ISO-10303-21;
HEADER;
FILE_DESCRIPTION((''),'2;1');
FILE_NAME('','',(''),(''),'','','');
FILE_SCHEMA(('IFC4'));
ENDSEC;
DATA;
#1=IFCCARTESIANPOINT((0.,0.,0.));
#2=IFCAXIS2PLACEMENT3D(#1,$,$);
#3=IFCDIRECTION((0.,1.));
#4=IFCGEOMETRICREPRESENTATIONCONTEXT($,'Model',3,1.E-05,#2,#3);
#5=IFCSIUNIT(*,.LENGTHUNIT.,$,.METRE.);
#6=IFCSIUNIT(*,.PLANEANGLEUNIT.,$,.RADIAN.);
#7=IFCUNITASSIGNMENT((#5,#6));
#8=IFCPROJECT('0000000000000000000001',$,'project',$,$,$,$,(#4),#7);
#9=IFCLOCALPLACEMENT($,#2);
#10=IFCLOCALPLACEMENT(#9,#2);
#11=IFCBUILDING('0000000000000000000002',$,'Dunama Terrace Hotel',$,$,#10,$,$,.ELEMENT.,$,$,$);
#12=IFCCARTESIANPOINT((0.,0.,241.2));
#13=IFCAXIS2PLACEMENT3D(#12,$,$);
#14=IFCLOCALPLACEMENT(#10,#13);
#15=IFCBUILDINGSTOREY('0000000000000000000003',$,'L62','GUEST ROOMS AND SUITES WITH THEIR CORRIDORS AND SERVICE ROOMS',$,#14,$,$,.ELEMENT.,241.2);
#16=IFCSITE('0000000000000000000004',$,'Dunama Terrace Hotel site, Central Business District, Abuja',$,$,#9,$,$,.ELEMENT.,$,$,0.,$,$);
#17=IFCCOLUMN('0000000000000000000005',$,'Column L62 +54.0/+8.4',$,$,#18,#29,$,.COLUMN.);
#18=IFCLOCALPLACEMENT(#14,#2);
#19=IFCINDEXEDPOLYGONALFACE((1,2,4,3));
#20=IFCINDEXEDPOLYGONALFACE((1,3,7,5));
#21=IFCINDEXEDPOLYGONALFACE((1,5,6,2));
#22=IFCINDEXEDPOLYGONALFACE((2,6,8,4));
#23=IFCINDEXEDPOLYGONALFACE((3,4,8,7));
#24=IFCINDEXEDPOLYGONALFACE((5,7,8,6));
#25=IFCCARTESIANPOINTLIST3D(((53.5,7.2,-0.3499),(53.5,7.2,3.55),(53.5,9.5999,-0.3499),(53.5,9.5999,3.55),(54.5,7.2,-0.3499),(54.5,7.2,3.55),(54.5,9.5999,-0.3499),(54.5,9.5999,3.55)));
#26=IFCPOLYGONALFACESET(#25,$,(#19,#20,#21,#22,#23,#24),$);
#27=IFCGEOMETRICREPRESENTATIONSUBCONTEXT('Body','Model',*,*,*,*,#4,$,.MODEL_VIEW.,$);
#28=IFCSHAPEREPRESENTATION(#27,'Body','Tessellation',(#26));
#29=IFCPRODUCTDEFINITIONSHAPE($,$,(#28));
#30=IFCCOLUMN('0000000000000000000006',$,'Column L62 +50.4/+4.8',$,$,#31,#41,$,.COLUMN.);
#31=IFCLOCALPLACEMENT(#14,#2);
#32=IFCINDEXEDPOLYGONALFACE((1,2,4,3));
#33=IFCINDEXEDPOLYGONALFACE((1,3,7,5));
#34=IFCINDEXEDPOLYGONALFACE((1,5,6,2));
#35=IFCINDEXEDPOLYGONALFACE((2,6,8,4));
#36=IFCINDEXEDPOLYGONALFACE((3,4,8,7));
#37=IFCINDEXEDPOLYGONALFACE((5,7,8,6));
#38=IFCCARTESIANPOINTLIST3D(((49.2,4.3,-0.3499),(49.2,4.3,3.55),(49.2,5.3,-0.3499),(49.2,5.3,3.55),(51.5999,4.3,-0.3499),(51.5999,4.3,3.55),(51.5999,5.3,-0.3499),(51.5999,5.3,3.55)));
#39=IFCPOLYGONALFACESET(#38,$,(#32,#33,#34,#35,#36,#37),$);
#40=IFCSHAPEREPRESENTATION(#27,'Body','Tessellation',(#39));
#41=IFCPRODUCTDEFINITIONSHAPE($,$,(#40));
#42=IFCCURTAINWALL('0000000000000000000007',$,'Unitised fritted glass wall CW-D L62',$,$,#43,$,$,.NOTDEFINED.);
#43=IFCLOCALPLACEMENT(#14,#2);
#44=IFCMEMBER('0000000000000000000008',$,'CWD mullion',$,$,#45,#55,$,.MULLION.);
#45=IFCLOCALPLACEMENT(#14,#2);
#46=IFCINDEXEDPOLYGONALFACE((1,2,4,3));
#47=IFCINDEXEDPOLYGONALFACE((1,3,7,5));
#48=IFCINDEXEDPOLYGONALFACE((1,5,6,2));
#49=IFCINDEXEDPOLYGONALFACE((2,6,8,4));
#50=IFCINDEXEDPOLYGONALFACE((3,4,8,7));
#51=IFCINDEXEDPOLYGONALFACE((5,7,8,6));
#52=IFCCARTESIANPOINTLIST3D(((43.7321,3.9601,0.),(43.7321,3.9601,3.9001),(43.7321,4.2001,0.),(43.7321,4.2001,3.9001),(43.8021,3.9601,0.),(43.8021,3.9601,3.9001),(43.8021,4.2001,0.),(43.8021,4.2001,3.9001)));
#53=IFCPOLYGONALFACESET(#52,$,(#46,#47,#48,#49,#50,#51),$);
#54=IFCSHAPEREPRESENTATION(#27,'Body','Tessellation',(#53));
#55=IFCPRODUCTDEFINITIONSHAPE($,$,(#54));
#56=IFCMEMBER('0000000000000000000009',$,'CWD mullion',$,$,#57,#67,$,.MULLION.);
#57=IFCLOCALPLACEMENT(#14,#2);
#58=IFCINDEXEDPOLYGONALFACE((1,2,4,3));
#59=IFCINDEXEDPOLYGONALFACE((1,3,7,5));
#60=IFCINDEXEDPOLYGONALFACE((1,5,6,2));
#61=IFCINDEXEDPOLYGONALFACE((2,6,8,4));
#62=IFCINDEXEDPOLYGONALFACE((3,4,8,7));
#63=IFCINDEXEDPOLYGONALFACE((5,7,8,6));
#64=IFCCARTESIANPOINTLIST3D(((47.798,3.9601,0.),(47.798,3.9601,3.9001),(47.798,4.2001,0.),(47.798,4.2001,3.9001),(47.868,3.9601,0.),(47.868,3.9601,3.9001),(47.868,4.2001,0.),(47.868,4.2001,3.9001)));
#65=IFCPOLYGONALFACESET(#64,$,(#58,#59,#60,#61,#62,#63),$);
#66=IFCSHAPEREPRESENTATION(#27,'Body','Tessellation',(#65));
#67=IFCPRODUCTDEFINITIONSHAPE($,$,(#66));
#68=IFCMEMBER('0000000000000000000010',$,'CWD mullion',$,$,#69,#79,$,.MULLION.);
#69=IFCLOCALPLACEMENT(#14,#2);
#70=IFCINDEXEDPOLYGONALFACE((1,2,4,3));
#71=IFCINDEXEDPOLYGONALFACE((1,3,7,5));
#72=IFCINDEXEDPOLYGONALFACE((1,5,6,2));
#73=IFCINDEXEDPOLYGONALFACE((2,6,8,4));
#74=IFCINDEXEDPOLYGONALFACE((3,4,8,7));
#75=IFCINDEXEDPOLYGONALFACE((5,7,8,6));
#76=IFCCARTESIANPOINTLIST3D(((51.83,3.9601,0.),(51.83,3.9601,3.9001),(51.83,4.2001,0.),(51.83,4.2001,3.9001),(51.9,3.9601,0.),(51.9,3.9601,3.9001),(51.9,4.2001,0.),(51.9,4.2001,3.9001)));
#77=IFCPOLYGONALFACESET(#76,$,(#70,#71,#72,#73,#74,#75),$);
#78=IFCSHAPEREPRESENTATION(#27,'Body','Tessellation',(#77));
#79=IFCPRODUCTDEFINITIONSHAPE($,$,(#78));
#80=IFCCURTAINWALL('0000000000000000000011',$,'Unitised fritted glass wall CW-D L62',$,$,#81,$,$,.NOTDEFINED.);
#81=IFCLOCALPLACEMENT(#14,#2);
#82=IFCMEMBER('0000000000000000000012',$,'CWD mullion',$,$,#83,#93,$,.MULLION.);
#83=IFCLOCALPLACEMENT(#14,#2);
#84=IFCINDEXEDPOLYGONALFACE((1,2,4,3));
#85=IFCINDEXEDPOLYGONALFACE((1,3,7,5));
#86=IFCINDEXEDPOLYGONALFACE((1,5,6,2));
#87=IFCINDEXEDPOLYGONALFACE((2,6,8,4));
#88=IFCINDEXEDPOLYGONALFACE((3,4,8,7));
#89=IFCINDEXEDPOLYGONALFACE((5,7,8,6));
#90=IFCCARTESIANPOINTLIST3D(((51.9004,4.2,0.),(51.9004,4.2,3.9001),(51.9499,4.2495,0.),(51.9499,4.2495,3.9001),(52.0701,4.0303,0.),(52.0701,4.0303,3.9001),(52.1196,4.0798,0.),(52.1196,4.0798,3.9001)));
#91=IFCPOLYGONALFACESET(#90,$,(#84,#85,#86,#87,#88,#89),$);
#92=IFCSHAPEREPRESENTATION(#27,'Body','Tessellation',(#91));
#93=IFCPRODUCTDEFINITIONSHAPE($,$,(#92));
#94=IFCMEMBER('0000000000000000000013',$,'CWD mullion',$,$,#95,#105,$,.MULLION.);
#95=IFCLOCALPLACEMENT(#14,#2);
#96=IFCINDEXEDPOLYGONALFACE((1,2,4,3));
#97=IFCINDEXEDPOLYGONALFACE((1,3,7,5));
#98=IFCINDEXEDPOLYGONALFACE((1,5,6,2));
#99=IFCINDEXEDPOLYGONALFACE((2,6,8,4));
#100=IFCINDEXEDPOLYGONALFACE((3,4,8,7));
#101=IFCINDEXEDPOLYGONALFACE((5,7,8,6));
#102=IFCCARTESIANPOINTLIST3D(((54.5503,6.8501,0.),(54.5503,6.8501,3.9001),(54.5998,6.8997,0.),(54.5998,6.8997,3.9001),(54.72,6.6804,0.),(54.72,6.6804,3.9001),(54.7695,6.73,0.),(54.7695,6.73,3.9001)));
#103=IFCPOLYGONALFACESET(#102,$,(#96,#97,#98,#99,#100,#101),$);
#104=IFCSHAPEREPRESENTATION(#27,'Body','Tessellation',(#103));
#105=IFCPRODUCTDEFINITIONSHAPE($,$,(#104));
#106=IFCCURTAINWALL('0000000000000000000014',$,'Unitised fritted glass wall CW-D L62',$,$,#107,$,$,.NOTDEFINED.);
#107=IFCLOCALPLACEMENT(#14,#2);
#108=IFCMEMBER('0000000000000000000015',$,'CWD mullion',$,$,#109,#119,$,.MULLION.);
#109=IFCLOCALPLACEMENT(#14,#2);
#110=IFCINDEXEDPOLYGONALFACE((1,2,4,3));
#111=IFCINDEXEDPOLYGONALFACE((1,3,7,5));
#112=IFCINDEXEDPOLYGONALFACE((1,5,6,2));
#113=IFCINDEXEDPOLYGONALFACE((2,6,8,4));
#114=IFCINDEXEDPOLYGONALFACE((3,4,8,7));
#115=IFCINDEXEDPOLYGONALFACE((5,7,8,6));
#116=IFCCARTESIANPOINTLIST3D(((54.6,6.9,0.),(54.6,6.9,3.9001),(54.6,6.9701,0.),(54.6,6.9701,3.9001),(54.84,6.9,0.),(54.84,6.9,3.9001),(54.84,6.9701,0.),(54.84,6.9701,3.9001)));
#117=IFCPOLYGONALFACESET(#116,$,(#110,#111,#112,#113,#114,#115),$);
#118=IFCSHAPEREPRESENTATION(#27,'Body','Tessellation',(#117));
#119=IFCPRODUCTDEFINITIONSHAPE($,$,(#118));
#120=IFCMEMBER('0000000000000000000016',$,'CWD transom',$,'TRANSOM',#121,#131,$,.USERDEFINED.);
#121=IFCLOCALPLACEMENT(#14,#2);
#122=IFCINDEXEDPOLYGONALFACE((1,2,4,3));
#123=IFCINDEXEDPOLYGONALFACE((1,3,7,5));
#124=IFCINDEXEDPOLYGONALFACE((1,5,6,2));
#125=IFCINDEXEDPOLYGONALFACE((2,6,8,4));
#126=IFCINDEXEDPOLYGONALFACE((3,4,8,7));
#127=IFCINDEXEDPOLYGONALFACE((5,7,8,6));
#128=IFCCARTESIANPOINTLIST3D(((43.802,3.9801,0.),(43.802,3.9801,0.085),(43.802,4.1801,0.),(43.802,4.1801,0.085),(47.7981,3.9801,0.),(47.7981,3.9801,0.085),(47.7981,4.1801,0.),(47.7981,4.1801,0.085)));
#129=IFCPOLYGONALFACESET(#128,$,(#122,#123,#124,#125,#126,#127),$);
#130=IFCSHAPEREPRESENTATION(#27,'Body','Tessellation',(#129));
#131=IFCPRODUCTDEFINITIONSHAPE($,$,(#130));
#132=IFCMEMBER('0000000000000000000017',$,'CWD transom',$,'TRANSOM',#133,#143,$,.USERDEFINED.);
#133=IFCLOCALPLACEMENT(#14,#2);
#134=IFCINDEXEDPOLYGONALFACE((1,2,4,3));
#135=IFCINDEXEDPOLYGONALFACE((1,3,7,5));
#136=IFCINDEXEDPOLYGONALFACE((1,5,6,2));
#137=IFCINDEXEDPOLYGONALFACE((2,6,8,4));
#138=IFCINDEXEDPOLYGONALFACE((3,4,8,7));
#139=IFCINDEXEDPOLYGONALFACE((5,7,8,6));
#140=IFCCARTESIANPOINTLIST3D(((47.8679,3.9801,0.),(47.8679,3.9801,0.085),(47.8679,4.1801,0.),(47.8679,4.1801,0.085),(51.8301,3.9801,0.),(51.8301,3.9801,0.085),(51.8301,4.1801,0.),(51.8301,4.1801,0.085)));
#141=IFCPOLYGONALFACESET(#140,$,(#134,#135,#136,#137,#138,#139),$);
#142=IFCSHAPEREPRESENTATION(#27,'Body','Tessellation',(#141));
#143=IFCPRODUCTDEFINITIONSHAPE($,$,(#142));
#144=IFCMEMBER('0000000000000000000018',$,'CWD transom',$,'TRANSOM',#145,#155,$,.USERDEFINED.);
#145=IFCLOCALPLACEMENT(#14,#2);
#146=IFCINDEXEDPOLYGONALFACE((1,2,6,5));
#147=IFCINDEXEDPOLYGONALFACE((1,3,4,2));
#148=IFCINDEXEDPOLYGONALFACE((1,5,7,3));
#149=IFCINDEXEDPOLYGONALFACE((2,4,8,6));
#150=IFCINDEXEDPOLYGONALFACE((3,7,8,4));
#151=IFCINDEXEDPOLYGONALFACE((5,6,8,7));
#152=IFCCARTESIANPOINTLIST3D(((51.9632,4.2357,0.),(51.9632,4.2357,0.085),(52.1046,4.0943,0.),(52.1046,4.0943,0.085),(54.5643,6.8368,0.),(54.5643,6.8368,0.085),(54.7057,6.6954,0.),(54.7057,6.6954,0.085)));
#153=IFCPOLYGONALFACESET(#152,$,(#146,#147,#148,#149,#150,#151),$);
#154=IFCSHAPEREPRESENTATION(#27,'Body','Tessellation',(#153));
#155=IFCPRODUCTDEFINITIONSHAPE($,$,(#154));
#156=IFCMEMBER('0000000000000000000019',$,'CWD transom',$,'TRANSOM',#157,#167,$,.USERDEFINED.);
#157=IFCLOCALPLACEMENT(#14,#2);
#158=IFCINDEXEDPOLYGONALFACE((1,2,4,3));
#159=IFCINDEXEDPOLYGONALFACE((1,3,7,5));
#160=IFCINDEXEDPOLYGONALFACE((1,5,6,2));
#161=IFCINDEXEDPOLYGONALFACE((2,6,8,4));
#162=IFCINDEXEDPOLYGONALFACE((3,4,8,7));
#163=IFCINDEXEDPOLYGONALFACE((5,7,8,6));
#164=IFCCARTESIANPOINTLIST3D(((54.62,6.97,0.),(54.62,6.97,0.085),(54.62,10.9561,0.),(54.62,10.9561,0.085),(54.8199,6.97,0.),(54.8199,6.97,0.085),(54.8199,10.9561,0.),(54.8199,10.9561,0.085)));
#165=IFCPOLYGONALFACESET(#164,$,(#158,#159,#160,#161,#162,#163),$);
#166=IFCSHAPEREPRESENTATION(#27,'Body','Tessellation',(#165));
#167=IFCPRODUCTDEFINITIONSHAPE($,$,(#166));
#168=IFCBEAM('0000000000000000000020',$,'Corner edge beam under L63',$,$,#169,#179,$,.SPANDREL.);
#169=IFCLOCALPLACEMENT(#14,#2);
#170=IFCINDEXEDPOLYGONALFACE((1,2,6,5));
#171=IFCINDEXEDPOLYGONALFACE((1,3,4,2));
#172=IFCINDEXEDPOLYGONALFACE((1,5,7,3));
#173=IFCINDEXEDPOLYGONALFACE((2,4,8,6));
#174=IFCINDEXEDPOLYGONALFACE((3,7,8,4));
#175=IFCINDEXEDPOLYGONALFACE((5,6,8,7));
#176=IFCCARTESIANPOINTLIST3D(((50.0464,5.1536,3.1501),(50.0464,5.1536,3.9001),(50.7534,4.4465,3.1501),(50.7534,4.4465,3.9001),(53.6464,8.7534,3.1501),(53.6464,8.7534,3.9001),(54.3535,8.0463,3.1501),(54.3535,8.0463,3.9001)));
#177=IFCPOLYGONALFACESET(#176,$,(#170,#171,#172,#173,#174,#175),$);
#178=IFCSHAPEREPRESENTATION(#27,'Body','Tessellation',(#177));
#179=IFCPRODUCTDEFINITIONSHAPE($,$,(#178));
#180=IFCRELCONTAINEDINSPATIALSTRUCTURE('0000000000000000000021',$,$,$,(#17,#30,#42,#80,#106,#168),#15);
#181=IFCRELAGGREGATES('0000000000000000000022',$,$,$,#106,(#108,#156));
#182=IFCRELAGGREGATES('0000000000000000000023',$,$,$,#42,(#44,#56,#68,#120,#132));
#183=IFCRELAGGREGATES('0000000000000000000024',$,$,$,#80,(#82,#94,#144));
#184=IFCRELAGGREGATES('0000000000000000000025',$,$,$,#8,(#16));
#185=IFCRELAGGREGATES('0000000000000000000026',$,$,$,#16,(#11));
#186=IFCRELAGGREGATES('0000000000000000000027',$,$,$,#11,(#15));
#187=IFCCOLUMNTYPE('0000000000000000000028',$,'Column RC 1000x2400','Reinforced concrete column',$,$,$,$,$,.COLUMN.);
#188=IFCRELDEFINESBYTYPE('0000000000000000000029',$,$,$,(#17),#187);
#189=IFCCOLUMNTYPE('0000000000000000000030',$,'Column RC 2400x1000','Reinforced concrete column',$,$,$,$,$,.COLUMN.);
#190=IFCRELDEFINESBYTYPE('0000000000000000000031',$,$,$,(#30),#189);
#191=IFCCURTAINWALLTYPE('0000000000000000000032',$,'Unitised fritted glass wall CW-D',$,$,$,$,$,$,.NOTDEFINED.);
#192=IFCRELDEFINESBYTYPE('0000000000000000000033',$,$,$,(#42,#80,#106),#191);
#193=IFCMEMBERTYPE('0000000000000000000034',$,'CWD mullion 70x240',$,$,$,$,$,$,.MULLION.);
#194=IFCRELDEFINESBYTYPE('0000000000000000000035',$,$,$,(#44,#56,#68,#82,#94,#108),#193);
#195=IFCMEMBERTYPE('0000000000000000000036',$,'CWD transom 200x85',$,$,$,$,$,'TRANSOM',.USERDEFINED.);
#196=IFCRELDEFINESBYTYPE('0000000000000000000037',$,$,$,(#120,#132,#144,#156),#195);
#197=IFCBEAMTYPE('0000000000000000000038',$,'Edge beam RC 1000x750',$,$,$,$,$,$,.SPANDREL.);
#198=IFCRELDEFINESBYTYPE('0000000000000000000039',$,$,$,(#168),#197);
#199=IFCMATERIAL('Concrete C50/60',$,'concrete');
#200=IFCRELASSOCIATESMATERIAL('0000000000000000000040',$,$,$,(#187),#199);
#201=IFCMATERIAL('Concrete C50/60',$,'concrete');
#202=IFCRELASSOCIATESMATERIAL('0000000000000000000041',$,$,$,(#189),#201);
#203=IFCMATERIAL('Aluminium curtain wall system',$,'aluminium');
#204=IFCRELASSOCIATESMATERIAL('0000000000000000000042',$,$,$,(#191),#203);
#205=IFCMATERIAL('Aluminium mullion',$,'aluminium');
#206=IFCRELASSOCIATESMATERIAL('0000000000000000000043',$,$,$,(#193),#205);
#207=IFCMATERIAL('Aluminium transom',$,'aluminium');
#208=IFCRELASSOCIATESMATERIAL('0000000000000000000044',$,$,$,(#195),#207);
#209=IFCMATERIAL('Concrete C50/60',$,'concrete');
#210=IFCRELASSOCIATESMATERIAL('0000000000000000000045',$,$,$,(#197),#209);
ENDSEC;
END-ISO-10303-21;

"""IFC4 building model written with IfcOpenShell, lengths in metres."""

from ifc_helpers import new_model, si_unit, direction, frame, origin, origin_2d, place, context, subcontext, project, spatial, rectangle, extrude, material, material_profile, profile_set, type_object, element, aggregate, save


model = new_model("IFC4")

# Units and contexts
model_context = context("Model", 3, precision=1e-05, world=origin(), true_north=direction((0.0, 1.0)))
body_context = subcontext(model_context, "Body", "Model", "MODEL_VIEW")
ifc_project = project(units=[si_unit("LENGTHUNIT", "METRE"), si_unit("PLANEANGLEUNIT", "RADIAN")], contexts=[model_context])

# Site, building, storey
site_placement = place(None, origin())
site = spatial("IfcSite", under=ifc_project, at=site_placement, Name="Dunama Terrace Hotel site, Central Business District, Abuja", CompositionType="ELEMENT", RefElevation=0.0)
building_placement = place(site_placement, origin())
building = spatial("IfcBuilding", under=site, at=building_placement, Name="Dunama Terrace Hotel", CompositionType="ELEMENT")
storey_placement = place(building_placement, frame((0.0, 0.0, 241.2)))
storey = spatial("IfcBuildingStorey", under=building, at=storey_placement, Name="L62", Description="GUEST ROOMS AND SUITES WITH THEIR CORRIDORS AND SERVICE ROOMS", CompositionType="ELEMENT", Elevation=241.2)

# Columns
ifc_material_1 = material(Name="Concrete C50/60", Category="concrete")
ifc_material_profile_1 = material_profile(ifc_material_1, rectangle(XDim=1.0, YDim=2.3999, at=origin_2d()), Name="RC 1000x2400")
ifc_profile_set_1 = profile_set([ifc_material_profile_1], Name="Concrete C50/60")
column_type_1 = type_object("IfcColumnType", Name="Column RC 1000x2400", Description="Reinforced concrete column", PredefinedType="COLUMN", material=ifc_profile_set_1)
column_1_placement = place(storey_placement, frame((54.0, 8.3999, -0.3499), z_axis=(0.0, 0.0, 1.0), x_axis=(1.0, 0.0, 0.0)))
element("IfcColumn", 1, at=column_1_placement, inside=storey, type_object=column_type_1, Name="Column L62 +54.0/+8.4", PredefinedType="COLUMN", context=body_context, shape_type="SweptSolid", body=[
    extrude(rectangle(XDim=1.0, YDim=2.3999, at=origin_2d()), origin(), (0.0, 0.0, 1.0), 3.8999),
])
ifc_material_2 = material(Name="Concrete C50/60", Category="concrete")
ifc_material_profile_2 = material_profile(ifc_material_2, rectangle(XDim=2.3999, YDim=1.0, at=origin_2d()), Name="RC 2400x1000")
ifc_profile_set_2 = profile_set([ifc_material_profile_2], Name="Concrete C50/60")
column_type_2 = type_object("IfcColumnType", Name="Column RC 2400x1000", Description="Reinforced concrete column", PredefinedType="COLUMN", material=ifc_profile_set_2)
column_2_placement = place(storey_placement, frame((50.3999, 4.8, -0.3499), z_axis=(0.0, 0.0, 1.0), x_axis=(1.0, 0.0, 0.0)))
element("IfcColumn", 2, at=column_2_placement, inside=storey, type_object=column_type_2, Name="Column L62 +50.4/+4.8", PredefinedType="COLUMN", context=body_context, shape_type="SweptSolid", body=[
    extrude(rectangle(XDim=2.3999, YDim=1.0, at=origin_2d()), origin(), (0.0, 0.0, 1.0), 3.8999),
])

# Curtain walls, members
ifc_material_3 = material(Name="Aluminium curtain wall system", Category="aluminium")
curtain_wall_type = type_object("IfcCurtainWallType", Name="Unitised fritted glass wall CW-D", PredefinedType="NOTDEFINED", material=ifc_material_3)
curtain_wall_1_placement = place(storey_placement, origin())
curtain_wall_1 = element("IfcCurtainWall", 3, at=curtain_wall_1_placement, inside=storey, type_object=curtain_wall_type, Name="Unitised fritted glass wall CW-D L62", PredefinedType="NOTDEFINED")
ifc_material_4 = material(Name="Aluminium mullion", Category="aluminium")
ifc_material_profile_3 = material_profile(ifc_material_4, rectangle(XDim=0.0701, YDim=0.24, at=origin_2d()), Name="CWD MULLION 70X240")
ifc_profile_set_3 = profile_set([ifc_material_profile_3], Name="Aluminium mullion")
member_type_1 = type_object("IfcMemberType", Name="CWD mullion 70x240", PredefinedType="MULLION", material=ifc_profile_set_3)
member_1_placement = place(storey_placement, frame((43.7671, 4.0801, 0.0), z_axis=(0.0, 0.0, 1.0), x_axis=(1.0, 0.0, 0.0)))
member_1 = element("IfcMember", 4, at=member_1_placement, type_object=member_type_1, Name="CWD mullion", PredefinedType="MULLION", context=body_context, shape_type="SweptSolid", body=[
    extrude(rectangle(XDim=0.0701, YDim=0.24, at=origin_2d()), origin(), (0.0, 0.0, 1.0), 3.9001),
])
member_2_placement = place(storey_placement, frame((47.833, 4.0801, 0.0), z_axis=(0.0, 0.0, 1.0), x_axis=(1.0, 0.0, 0.0)))
member_2 = element("IfcMember", 5, at=member_2_placement, type_object=member_type_1, Name="CWD mullion", PredefinedType="MULLION", context=body_context, shape_type="SweptSolid", body=[
    extrude(rectangle(XDim=0.0701, YDim=0.24, at=origin_2d()), origin(), (0.0, 0.0, 1.0), 3.9001),
])
member_3_placement = place(storey_placement, frame((51.865, 4.0801, 0.0), z_axis=(0.0, 0.0, 1.0), x_axis=(1.0, 0.0, 0.0)))
member_3 = element("IfcMember", 6, at=member_3_placement, type_object=member_type_1, Name="CWD mullion", PredefinedType="MULLION", context=body_context, shape_type="SweptSolid", body=[
    extrude(rectangle(XDim=0.0701, YDim=0.24, at=origin_2d()), origin(), (0.0, 0.0, 1.0), 3.9001),
])
curtain_wall_2_placement = place(storey_placement, origin())
curtain_wall_2 = element("IfcCurtainWall", 7, at=curtain_wall_2_placement, inside=storey, type_object=curtain_wall_type, Name="Unitised fritted glass wall CW-D L62", PredefinedType="NOTDEFINED")
member_4_placement = place(storey_placement, frame((52.01, 4.1399, 0.0), z_axis=(0.0, 0.0, 1.0), x_axis=(0.707107, 0.707107, 0.0)))
member_4 = element("IfcMember", 8, at=member_4_placement, type_object=member_type_1, Name="CWD mullion", PredefinedType="MULLION", context=body_context, shape_type="SweptSolid", body=[
    extrude(rectangle(XDim=0.0701, YDim=0.24, at=origin_2d()), origin(), (0.0, 0.0, 1.0), 3.9001),
])
member_5_placement = place(storey_placement, frame((54.6599, 6.79, 0.0), z_axis=(0.0, 0.0, 1.0), x_axis=(0.707107, 0.707107, 0.0)))
member_5 = element("IfcMember", 9, at=member_5_placement, type_object=member_type_1, Name="CWD mullion", PredefinedType="MULLION", context=body_context, shape_type="SweptSolid", body=[
    extrude(rectangle(XDim=0.0701, YDim=0.24, at=origin_2d()), origin(), (0.0, 0.0, 1.0), 3.9001),
])

# Curtain wall, member
curtain_wall_3_placement = place(storey_placement, origin())
curtain_wall_3 = element("IfcCurtainWall", 10, at=curtain_wall_3_placement, inside=storey, type_object=curtain_wall_type, Name="Unitised fritted glass wall CW-D L62", PredefinedType="NOTDEFINED")
member_6_placement = place(storey_placement, frame((54.72, 6.9351, 0.0), z_axis=(0.0, 0.0, 1.0), x_axis=(0.0, 1.0, 0.0)))
member_6 = element("IfcMember", 11, at=member_6_placement, type_object=member_type_1, Name="CWD mullion", PredefinedType="MULLION", context=body_context, shape_type="SweptSolid", body=[
    extrude(rectangle(XDim=0.0701, YDim=0.24, at=origin_2d()), origin(), (0.0, 0.0, 1.0), 3.9001),
])

# Members
ifc_material_5 = material(Name="Aluminium transom", Category="aluminium")
ifc_material_profile_4 = material_profile(ifc_material_5, rectangle(XDim=0.2, YDim=0.085, at=origin_2d()), Name="CWD TRANSOM 200X85")
ifc_profile_set_4 = profile_set([ifc_material_profile_4], Name="Aluminium transom")
member_type_2 = type_object("IfcMemberType", Name="CWD transom 200x85", ElementType="TRANSOM", PredefinedType="USERDEFINED", material=ifc_profile_set_4)
member_7_placement = place(storey_placement, frame((43.802, 4.0801, 0.0425), z_axis=(1.0, 0.0, 0.0), x_axis=(0.0, 1.0, 0.0)))
member_7 = element("IfcMember", 12, at=member_7_placement, type_object=member_type_2, Name="CWD transom", ObjectType="TRANSOM", PredefinedType="USERDEFINED", context=body_context, shape_type="SweptSolid", body=[
    extrude(rectangle(XDim=0.2, YDim=0.085, at=origin_2d()), origin(), (0.0, 0.0, 1.0), 3.9961),
])
member_8_placement = place(storey_placement, frame((47.8679, 4.0801, 0.0425), z_axis=(1.0, 0.0, 0.0), x_axis=(0.0, 1.0, 0.0)))
member_8 = element("IfcMember", 13, at=member_8_placement, type_object=member_type_2, Name="CWD transom", ObjectType="TRANSOM", PredefinedType="USERDEFINED", context=body_context, shape_type="SweptSolid", body=[
    extrude(rectangle(XDim=0.2, YDim=0.085, at=origin_2d()), origin(), (0.0, 0.0, 1.0), 3.9622),
])
member_9_placement = place(storey_placement, frame((52.0339, 4.165, 0.0425), z_axis=(0.707107, 0.707107, 0.0), x_axis=(-0.707107, 0.707107, 0.0)))
member_9 = element("IfcMember", 14, at=member_9_placement, type_object=member_type_2, Name="CWD transom", ObjectType="TRANSOM", PredefinedType="USERDEFINED", context=body_context, shape_type="SweptSolid", body=[
    extrude(rectangle(XDim=0.2, YDim=0.085, at=origin_2d()), origin(), (0.0, 0.0, 1.0), 3.6785),
])
member_10_placement = place(storey_placement, frame((54.72, 6.97, 0.0425), z_axis=(0.0, 1.0, 0.0), x_axis=(-1.0, 0.0, 0.0)))
member_10 = element("IfcMember", 15, at=member_10_placement, type_object=member_type_2, Name="CWD transom", ObjectType="TRANSOM", PredefinedType="USERDEFINED", context=body_context, shape_type="SweptSolid", body=[
    extrude(rectangle(XDim=0.2, YDim=0.085, at=origin_2d()), origin(), (0.0, 0.0, 1.0), 3.9861),
])
aggregate(curtain_wall_3, [member_6, member_10])

# Beam
ifc_material_6 = material(Name="Concrete C50/60", Category="concrete")
ifc_material_profile_5 = material_profile(ifc_material_6, rectangle(XDim=1.0, YDim=0.75, at=origin_2d()), Name="RC 1000x750")
ifc_profile_set_5 = profile_set([ifc_material_profile_5], Name="Concrete C50/60")
beam_type_1 = type_object("IfcBeamType", Name="Edge beam RC 1000x750", PredefinedType="SPANDREL", material=ifc_profile_set_5)
beam_1_placement = place(storey_placement, frame((50.3999, 4.8, 3.5251), z_axis=(0.707131, 0.707083, 0.0), x_axis=(-0.707083, 0.707131, 0.0)))
element("IfcBeam", 16, at=beam_1_placement, inside=storey, type_object=beam_type_1, Name="Corner edge beam under L63", PredefinedType="SPANDREL", context=body_context, shape_type="SweptSolid", body=[
    extrude(rectangle(XDim=1.0, YDim=0.75, at=origin_2d()), origin(), (0.0, 0.0, 1.0), 5.0911),
])

aggregate(curtain_wall_1, [member_1, member_2, member_3, member_7, member_8])
aggregate(curtain_wall_2, [member_4, member_5, member_9])

save(model, "model.ifc")
